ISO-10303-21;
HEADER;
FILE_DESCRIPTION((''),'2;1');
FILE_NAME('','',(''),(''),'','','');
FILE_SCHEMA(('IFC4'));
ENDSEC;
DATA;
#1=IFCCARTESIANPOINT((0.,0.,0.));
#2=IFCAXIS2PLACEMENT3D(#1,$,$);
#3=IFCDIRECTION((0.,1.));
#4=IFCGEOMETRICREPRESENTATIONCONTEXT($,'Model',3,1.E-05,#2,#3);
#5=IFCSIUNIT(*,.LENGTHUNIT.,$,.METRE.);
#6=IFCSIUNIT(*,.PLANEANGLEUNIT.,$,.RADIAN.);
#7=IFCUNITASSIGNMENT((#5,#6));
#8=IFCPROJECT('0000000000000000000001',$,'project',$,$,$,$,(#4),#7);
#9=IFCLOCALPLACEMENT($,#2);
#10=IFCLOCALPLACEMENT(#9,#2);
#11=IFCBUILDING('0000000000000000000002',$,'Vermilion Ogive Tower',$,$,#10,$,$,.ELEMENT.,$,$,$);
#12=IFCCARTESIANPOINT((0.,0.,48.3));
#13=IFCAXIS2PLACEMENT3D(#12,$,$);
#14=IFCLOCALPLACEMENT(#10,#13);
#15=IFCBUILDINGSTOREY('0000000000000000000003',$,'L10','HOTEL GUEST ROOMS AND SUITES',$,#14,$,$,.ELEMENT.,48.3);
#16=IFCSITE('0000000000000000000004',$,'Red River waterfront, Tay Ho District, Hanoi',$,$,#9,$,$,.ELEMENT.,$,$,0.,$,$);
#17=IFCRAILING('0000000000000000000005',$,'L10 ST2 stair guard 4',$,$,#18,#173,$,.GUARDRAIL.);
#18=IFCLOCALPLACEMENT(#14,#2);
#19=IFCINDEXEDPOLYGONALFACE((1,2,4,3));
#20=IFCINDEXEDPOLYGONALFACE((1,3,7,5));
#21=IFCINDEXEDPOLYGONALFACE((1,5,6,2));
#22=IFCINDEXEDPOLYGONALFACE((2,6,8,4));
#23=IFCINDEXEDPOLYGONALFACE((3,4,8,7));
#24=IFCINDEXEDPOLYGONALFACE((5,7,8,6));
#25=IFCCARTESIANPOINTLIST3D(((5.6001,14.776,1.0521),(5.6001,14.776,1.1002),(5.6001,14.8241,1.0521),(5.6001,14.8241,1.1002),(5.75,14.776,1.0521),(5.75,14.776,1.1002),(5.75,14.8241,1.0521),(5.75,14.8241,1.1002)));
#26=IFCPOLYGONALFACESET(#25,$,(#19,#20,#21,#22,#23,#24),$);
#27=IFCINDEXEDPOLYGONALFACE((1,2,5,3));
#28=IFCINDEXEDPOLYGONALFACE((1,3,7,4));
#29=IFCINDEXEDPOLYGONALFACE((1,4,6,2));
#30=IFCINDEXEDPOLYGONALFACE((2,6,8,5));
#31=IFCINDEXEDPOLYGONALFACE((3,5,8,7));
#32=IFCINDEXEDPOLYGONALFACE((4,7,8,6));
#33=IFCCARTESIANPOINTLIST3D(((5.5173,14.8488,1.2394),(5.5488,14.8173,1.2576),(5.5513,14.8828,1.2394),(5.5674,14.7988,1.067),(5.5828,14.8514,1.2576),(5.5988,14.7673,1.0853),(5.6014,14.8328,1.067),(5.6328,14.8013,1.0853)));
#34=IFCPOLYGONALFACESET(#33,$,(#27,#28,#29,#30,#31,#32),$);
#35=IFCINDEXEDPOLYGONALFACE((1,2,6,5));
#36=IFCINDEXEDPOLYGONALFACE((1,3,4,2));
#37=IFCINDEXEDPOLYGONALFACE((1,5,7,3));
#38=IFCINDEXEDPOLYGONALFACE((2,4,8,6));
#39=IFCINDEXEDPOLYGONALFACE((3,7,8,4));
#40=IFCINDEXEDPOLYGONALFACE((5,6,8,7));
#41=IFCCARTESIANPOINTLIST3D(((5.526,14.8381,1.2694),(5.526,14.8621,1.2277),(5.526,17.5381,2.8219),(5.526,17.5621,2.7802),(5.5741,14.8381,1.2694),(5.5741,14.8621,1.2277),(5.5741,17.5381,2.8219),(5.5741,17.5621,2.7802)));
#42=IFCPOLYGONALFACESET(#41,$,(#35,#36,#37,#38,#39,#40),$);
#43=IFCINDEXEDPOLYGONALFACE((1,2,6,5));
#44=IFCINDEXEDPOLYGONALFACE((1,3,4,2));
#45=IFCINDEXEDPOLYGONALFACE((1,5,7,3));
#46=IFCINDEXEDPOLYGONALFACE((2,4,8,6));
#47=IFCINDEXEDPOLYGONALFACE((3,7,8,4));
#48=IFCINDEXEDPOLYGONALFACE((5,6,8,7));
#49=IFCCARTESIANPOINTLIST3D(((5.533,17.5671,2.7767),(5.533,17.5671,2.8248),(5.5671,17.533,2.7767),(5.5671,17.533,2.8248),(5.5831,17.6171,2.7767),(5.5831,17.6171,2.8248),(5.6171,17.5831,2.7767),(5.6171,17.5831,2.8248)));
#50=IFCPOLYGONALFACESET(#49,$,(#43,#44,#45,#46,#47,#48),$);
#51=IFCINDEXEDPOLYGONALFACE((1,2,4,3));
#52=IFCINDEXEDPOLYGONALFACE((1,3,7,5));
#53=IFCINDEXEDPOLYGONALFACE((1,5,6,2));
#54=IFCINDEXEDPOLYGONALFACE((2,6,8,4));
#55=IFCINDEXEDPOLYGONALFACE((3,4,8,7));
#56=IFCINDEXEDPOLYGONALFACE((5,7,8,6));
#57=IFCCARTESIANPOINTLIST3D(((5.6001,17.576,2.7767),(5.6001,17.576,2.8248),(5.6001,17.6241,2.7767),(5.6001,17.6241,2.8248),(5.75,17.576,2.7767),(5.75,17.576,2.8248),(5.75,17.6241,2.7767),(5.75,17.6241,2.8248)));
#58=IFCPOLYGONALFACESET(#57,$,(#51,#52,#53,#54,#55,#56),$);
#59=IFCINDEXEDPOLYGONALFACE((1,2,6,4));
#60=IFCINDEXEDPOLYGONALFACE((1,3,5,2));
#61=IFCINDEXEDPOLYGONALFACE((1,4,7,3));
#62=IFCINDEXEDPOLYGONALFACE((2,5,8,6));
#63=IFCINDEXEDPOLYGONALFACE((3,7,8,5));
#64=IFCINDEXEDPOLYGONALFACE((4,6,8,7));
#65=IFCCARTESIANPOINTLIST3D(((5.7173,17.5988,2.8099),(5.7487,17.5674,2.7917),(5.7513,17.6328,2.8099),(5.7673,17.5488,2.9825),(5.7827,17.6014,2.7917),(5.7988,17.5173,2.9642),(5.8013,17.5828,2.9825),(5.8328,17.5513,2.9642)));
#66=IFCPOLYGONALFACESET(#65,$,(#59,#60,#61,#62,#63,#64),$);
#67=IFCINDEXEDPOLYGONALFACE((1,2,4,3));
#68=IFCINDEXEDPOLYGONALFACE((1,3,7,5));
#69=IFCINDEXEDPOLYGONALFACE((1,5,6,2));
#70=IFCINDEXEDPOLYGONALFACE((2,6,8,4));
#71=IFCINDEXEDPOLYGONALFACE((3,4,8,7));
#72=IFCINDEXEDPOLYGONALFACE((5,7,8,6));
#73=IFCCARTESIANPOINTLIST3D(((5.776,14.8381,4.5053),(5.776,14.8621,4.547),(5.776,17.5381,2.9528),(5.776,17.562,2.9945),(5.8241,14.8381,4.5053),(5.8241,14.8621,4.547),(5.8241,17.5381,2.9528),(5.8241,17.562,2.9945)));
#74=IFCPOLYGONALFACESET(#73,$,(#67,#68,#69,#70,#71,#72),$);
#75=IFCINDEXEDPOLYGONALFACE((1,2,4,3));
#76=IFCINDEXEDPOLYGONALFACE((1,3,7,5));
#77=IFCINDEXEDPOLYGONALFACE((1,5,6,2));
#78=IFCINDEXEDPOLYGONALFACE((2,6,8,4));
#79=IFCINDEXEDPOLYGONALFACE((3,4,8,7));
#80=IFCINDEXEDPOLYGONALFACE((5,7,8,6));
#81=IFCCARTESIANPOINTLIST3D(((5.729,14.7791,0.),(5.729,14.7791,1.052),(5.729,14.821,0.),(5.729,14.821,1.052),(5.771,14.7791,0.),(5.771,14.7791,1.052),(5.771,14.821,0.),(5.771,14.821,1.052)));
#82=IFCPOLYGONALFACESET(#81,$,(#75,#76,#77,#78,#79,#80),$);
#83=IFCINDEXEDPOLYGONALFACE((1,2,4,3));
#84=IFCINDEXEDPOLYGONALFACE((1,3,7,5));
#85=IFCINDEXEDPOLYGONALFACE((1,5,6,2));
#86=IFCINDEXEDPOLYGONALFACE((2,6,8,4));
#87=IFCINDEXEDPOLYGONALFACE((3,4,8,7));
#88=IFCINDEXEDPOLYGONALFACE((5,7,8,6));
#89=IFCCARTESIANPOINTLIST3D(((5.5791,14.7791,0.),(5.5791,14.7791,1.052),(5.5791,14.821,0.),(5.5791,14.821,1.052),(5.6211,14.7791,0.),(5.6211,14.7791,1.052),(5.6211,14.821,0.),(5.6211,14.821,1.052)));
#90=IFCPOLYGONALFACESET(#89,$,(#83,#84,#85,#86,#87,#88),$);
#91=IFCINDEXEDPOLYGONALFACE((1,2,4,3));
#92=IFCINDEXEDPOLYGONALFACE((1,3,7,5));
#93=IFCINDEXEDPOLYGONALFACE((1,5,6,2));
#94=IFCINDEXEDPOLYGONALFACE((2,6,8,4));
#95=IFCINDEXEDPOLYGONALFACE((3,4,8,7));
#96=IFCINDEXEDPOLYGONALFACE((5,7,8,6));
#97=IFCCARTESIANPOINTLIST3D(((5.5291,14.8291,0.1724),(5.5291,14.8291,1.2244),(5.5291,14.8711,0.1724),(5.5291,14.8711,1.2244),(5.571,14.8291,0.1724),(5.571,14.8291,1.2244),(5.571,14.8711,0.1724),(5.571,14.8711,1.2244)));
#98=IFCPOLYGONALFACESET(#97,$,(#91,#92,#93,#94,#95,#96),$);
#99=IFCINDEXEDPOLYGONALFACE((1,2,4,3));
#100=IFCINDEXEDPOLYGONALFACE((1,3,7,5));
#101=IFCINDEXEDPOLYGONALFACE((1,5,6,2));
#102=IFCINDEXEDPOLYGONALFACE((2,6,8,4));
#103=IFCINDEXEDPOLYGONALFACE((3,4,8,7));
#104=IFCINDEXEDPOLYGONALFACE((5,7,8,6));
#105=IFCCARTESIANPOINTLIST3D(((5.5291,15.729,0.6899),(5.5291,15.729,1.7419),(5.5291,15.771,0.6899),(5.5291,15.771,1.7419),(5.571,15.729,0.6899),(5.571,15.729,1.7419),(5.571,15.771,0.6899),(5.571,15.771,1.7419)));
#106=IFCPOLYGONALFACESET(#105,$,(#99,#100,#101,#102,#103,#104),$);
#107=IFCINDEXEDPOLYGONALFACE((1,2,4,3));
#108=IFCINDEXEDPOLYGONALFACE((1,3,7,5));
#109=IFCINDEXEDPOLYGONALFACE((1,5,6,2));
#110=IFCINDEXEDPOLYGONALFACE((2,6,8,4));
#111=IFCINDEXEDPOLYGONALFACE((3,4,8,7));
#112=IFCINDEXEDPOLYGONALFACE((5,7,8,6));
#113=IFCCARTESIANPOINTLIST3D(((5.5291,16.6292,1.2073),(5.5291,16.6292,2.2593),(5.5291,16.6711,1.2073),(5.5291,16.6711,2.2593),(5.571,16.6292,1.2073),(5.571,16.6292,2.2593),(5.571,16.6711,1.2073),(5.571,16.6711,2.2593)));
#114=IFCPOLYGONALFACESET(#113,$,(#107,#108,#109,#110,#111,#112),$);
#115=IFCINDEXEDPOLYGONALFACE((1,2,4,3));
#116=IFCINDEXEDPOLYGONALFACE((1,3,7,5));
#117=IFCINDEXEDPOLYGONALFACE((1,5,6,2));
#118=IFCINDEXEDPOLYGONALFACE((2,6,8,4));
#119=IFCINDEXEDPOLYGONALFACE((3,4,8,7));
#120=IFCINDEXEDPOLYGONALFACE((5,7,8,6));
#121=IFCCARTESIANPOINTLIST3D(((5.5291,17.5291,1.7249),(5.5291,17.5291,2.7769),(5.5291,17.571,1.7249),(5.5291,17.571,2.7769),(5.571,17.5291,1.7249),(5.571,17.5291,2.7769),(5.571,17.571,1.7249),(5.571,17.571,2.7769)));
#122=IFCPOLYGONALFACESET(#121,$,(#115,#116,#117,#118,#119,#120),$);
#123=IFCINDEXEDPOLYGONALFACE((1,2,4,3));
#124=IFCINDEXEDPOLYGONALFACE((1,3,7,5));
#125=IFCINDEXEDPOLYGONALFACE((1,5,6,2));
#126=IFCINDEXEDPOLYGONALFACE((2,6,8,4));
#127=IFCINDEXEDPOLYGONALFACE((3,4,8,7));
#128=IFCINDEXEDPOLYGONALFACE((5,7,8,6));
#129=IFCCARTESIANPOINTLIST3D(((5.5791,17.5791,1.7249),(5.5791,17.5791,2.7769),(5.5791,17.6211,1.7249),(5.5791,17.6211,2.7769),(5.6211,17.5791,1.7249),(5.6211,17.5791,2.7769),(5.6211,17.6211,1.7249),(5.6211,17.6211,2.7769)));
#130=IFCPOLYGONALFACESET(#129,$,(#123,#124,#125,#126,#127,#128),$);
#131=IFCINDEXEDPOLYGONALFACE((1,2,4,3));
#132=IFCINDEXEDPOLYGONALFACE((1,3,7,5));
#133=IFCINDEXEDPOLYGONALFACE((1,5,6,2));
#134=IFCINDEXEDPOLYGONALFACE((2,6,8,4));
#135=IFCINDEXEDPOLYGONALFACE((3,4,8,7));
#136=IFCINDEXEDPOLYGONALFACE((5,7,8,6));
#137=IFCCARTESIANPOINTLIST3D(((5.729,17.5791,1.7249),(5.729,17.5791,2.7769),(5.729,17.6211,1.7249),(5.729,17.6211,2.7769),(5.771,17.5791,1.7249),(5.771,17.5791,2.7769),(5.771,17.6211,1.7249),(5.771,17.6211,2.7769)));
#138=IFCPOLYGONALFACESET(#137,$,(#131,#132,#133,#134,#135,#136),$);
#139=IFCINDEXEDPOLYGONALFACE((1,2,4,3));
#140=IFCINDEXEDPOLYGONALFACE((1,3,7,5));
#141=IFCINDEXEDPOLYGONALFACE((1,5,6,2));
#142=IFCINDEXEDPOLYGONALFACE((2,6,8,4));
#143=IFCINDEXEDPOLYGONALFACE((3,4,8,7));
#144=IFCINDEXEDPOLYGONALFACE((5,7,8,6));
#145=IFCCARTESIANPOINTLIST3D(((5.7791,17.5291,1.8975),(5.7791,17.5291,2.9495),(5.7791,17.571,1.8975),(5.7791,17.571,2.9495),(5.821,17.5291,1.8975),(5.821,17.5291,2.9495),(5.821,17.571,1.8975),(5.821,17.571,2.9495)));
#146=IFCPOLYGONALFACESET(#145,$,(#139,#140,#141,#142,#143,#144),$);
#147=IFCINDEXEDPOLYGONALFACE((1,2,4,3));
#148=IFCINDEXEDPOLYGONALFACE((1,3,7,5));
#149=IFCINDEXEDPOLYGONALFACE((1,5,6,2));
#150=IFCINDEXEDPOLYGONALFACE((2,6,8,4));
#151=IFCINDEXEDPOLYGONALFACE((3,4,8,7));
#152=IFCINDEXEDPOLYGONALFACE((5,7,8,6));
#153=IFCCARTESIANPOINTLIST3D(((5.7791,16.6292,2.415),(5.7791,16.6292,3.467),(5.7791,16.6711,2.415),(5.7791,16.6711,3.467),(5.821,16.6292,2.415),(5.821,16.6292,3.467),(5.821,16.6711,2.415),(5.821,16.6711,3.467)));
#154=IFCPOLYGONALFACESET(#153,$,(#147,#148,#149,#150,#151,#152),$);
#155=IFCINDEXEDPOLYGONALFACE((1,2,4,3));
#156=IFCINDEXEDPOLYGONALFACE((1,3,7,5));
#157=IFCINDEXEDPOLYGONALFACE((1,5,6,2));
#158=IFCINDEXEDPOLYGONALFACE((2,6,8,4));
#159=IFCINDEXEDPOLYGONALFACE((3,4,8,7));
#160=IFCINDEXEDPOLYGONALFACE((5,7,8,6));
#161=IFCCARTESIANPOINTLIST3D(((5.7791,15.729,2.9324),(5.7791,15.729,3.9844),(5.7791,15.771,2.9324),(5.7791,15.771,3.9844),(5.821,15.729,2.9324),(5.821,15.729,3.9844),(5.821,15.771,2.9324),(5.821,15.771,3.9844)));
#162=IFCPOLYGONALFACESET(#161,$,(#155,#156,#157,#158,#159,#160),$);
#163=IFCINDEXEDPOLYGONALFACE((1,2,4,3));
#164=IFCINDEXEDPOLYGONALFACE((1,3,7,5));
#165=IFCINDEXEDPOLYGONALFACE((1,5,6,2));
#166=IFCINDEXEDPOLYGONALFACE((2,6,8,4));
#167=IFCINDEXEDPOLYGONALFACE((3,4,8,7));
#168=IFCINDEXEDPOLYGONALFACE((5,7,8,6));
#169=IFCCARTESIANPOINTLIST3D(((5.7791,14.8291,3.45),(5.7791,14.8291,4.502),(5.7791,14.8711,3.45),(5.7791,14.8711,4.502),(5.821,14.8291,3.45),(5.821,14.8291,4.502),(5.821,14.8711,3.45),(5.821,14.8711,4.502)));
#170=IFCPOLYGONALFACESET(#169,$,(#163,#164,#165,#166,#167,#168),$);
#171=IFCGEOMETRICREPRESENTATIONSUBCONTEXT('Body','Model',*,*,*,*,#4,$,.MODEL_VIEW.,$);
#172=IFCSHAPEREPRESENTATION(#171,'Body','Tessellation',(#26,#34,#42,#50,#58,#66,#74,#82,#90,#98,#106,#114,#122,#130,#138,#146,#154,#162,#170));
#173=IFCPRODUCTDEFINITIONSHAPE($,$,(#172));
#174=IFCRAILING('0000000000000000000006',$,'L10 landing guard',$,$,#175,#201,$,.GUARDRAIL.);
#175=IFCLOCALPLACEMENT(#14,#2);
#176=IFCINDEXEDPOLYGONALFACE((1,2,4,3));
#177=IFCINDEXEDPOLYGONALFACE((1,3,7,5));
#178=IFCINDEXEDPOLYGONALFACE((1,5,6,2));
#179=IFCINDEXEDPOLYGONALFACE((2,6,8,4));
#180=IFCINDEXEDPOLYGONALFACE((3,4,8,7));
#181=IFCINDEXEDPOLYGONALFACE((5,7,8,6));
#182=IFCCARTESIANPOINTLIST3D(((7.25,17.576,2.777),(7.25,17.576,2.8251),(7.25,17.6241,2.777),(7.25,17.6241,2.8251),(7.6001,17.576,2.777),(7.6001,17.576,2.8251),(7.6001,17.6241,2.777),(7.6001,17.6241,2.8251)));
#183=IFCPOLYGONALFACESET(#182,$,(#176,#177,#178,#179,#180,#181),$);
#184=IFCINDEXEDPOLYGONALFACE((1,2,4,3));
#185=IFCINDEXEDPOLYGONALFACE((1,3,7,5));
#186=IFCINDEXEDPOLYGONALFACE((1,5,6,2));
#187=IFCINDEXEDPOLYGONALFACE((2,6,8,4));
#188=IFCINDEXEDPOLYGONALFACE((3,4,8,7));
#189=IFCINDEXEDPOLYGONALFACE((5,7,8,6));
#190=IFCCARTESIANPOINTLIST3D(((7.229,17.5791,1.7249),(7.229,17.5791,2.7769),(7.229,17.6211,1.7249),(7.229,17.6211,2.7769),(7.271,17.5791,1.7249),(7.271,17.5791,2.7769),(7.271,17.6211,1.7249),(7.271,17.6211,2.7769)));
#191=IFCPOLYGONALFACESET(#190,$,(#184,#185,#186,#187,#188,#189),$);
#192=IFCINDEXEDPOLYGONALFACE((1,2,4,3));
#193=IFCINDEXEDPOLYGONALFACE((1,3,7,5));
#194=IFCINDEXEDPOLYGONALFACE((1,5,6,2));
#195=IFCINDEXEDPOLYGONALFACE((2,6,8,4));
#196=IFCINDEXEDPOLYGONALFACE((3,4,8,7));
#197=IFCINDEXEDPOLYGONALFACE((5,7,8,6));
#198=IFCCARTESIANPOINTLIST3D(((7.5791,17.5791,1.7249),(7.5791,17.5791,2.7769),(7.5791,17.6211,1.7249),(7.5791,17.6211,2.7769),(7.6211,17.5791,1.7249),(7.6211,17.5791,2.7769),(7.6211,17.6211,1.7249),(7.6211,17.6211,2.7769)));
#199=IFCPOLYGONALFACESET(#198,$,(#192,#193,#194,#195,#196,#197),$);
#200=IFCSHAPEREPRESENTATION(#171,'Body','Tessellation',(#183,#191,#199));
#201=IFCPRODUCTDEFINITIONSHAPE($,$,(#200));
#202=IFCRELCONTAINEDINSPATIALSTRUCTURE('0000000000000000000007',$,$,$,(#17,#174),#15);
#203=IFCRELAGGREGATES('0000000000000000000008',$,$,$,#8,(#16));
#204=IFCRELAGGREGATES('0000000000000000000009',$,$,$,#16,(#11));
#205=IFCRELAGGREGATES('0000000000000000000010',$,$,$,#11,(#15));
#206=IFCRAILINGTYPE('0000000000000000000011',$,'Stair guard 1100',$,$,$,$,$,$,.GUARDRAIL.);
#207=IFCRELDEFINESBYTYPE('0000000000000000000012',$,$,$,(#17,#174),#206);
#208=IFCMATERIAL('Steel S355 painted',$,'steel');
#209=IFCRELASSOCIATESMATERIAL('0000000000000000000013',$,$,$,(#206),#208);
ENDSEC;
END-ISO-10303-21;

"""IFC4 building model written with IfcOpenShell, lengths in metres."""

from ifc_helpers import new_model, si_unit, direction, frame, origin, origin_2d, place, context, subcontext, project, spatial, rectangle, extrude, material, type_object, element, save


model = new_model("IFC4")

# Units and contexts
model_context = context("Model", 3, precision=1e-05, world=origin(), true_north=direction((0.0, 1.0)))
body_context = subcontext(model_context, "Body", "Model", "MODEL_VIEW")
ifc_project = project(units=[si_unit("LENGTHUNIT", "METRE"), si_unit("PLANEANGLEUNIT", "RADIAN")], contexts=[model_context])

# Site, building, storey
site_placement = place(None, origin())
site = spatial("IfcSite", under=ifc_project, at=site_placement, Name="Red River waterfront, Tay Ho District, Hanoi", CompositionType="ELEMENT", RefElevation=0.0)
building_placement = place(site_placement, origin())
building = spatial("IfcBuilding", under=site, at=building_placement, Name="Vermilion Ogive Tower", CompositionType="ELEMENT")
storey_placement = place(building_placement, frame((0.0, 0.0, 48.3)))
storey = spatial("IfcBuildingStorey", under=building, at=storey_placement, Name="L10", Description="HOTEL GUEST ROOMS AND SUITES", CompositionType="ELEMENT", Elevation=48.3)

# Railings
ifc_material_1 = material(Name="Steel S355 painted", Category="steel")
railing_type_1 = type_object("IfcRailingType", Name="Stair guard 1100", PredefinedType="GUARDRAIL", material=ifc_material_1)
railing_1_placement = place(storey_placement, frame((5.75, 14.8, 0.0)))
element("IfcRailing", 1, at=railing_1_placement, inside=storey, type_object=railing_type_1, Name="L10 ST2 stair guard 4", PredefinedType="GUARDRAIL", context=body_context, shape_type="SweptSolid", body=[
    extrude(rectangle(XDim=0.0481, YDim=0.0481, at=origin_2d()), frame((0.0, 0.0, 1.0762), z_axis=(-1.0, 0.0, 0.0), x_axis=(0.0, -1.0, 0.0)), (0.0, 0.0, 1.0), 0.1499),
    extrude(rectangle(XDim=0.0481, YDim=0.0481, at=origin_2d()), frame((-0.1499, 0.0, 1.0762), z_axis=(-0.268603, 0.268603, 0.925043), x_axis=(-0.707107, -0.707107, 0.0)), (0.0, 0.0, 1.0), 0.1863),
    extrude(rectangle(XDim=0.0481, YDim=0.0481, at=origin_2d()), frame((-0.2, 0.05, 1.2485), z_axis=(0.0, 0.866904, 0.498476), x_axis=(-1.0, 0.0, 0.0)), (0.0, 0.0, 1.0), 3.1145),
    extrude(rectangle(XDim=0.0481, YDim=0.0481, at=origin_2d()), frame((-0.2, 2.75, 2.8008), z_axis=(0.707107, 0.707107, 0.0), x_axis=(-0.707107, 0.707107, 0.0)), (0.0, 0.0, 1.0), 0.0708),
    extrude(rectangle(XDim=0.0481, YDim=0.0481, at=origin_2d()), frame((-0.1499, 2.8, 2.8008), z_axis=(1.0, 0.0, 0.0), x_axis=(0.0, 1.0, 0.0)), (0.0, 0.0, 1.0), 0.1499),
    extrude(rectangle(XDim=0.0481, YDim=0.0481, at=origin_2d()), frame((0.0, 2.8, 2.8008), z_axis=(0.268278, -0.268278, 0.925232), x_axis=(0.707107, 0.707107, 0.0)), (0.0, 0.0, 1.0), 0.1865),
    extrude(rectangle(XDim=0.0481, YDim=0.0481, at=origin_2d()), frame((0.05, 2.75, 2.9736), z_axis=(0.0, -0.866904, 0.498476), x_axis=(1.0, 0.0, 0.0)), (0.0, 0.0, 1.0), 3.1145),
    extrude(rectangle(XDim=0.042, YDim=0.042, at=origin_2d()), origin(), (0.0, 0.0, 1.0), 1.052),
    extrude(rectangle(XDim=0.042, YDim=0.042, at=origin_2d()), frame((-0.1499, 0.0, 0.0)), (0.0, 0.0, 1.0), 1.052),
    extrude(rectangle(XDim=0.042, YDim=0.042, at=origin_2d()), frame((-0.2, 0.05, 0.1724)), (0.0, 0.0, 1.0), 1.052),
    extrude(rectangle(XDim=0.042, YDim=0.042, at=origin_2d()), frame((-0.2, 0.95, 0.6899)), (0.0, 0.0, 1.0), 1.052),
    extrude(rectangle(XDim=0.042, YDim=0.042, at=origin_2d()), frame((-0.2, 1.8501, 1.2073)), (0.0, 0.0, 1.0), 1.052),
    extrude(rectangle(XDim=0.042, YDim=0.042, at=origin_2d()), frame((-0.2, 2.75, 1.7249)), (0.0, 0.0, 1.0), 1.052),
    extrude(rectangle(XDim=0.042, YDim=0.042, at=origin_2d()), frame((-0.1499, 2.8, 1.7249)), (0.0, 0.0, 1.0), 1.052),
    extrude(rectangle(XDim=0.042, YDim=0.042, at=origin_2d()), frame((0.0, 2.8, 1.7249)), (0.0, 0.0, 1.0), 1.052),
    extrude(rectangle(XDim=0.042, YDim=0.042, at=origin_2d()), frame((0.05, 2.75, 1.8975)), (0.0, 0.0, 1.0), 1.052),
    extrude(rectangle(XDim=0.042, YDim=0.042, at=origin_2d()), frame((0.05, 1.8501, 2.415)), (0.0, 0.0, 1.0), 1.052),
    extrude(rectangle(XDim=0.042, YDim=0.042, at=origin_2d()), frame((0.05, 0.95, 2.9324)), (0.0, 0.0, 1.0), 1.052),
    extrude(rectangle(XDim=0.042, YDim=0.042, at=origin_2d()), frame((0.05, 0.05, 3.45)), (0.0, 0.0, 1.0), 1.052),
])
railing_2_placement = place(storey_placement, frame((7.25, 17.6001, 1.7249)))
element("IfcRailing", 2, at=railing_2_placement, inside=storey, type_object=railing_type_1, Name="L10 landing guard", PredefinedType="GUARDRAIL", context=body_context, shape_type="SweptSolid", body=[
    extrude(rectangle(XDim=0.0481, YDim=0.0481, at=origin_2d()), frame((0.0, 0.0, 1.0762), z_axis=(1.0, 0.0, 0.0), x_axis=(0.0, 1.0, 0.0)), (0.0, 0.0, 1.0), 0.3501),
    extrude(rectangle(XDim=0.042, YDim=0.042, at=origin_2d()), origin(), (0.0, 0.0, 1.0), 1.052),
    extrude(rectangle(XDim=0.042, YDim=0.042, at=origin_2d()), frame((0.3501, 0.0, 0.0)), (0.0, 0.0, 1.0), 1.052),
])

save(model, "model.ifc")
